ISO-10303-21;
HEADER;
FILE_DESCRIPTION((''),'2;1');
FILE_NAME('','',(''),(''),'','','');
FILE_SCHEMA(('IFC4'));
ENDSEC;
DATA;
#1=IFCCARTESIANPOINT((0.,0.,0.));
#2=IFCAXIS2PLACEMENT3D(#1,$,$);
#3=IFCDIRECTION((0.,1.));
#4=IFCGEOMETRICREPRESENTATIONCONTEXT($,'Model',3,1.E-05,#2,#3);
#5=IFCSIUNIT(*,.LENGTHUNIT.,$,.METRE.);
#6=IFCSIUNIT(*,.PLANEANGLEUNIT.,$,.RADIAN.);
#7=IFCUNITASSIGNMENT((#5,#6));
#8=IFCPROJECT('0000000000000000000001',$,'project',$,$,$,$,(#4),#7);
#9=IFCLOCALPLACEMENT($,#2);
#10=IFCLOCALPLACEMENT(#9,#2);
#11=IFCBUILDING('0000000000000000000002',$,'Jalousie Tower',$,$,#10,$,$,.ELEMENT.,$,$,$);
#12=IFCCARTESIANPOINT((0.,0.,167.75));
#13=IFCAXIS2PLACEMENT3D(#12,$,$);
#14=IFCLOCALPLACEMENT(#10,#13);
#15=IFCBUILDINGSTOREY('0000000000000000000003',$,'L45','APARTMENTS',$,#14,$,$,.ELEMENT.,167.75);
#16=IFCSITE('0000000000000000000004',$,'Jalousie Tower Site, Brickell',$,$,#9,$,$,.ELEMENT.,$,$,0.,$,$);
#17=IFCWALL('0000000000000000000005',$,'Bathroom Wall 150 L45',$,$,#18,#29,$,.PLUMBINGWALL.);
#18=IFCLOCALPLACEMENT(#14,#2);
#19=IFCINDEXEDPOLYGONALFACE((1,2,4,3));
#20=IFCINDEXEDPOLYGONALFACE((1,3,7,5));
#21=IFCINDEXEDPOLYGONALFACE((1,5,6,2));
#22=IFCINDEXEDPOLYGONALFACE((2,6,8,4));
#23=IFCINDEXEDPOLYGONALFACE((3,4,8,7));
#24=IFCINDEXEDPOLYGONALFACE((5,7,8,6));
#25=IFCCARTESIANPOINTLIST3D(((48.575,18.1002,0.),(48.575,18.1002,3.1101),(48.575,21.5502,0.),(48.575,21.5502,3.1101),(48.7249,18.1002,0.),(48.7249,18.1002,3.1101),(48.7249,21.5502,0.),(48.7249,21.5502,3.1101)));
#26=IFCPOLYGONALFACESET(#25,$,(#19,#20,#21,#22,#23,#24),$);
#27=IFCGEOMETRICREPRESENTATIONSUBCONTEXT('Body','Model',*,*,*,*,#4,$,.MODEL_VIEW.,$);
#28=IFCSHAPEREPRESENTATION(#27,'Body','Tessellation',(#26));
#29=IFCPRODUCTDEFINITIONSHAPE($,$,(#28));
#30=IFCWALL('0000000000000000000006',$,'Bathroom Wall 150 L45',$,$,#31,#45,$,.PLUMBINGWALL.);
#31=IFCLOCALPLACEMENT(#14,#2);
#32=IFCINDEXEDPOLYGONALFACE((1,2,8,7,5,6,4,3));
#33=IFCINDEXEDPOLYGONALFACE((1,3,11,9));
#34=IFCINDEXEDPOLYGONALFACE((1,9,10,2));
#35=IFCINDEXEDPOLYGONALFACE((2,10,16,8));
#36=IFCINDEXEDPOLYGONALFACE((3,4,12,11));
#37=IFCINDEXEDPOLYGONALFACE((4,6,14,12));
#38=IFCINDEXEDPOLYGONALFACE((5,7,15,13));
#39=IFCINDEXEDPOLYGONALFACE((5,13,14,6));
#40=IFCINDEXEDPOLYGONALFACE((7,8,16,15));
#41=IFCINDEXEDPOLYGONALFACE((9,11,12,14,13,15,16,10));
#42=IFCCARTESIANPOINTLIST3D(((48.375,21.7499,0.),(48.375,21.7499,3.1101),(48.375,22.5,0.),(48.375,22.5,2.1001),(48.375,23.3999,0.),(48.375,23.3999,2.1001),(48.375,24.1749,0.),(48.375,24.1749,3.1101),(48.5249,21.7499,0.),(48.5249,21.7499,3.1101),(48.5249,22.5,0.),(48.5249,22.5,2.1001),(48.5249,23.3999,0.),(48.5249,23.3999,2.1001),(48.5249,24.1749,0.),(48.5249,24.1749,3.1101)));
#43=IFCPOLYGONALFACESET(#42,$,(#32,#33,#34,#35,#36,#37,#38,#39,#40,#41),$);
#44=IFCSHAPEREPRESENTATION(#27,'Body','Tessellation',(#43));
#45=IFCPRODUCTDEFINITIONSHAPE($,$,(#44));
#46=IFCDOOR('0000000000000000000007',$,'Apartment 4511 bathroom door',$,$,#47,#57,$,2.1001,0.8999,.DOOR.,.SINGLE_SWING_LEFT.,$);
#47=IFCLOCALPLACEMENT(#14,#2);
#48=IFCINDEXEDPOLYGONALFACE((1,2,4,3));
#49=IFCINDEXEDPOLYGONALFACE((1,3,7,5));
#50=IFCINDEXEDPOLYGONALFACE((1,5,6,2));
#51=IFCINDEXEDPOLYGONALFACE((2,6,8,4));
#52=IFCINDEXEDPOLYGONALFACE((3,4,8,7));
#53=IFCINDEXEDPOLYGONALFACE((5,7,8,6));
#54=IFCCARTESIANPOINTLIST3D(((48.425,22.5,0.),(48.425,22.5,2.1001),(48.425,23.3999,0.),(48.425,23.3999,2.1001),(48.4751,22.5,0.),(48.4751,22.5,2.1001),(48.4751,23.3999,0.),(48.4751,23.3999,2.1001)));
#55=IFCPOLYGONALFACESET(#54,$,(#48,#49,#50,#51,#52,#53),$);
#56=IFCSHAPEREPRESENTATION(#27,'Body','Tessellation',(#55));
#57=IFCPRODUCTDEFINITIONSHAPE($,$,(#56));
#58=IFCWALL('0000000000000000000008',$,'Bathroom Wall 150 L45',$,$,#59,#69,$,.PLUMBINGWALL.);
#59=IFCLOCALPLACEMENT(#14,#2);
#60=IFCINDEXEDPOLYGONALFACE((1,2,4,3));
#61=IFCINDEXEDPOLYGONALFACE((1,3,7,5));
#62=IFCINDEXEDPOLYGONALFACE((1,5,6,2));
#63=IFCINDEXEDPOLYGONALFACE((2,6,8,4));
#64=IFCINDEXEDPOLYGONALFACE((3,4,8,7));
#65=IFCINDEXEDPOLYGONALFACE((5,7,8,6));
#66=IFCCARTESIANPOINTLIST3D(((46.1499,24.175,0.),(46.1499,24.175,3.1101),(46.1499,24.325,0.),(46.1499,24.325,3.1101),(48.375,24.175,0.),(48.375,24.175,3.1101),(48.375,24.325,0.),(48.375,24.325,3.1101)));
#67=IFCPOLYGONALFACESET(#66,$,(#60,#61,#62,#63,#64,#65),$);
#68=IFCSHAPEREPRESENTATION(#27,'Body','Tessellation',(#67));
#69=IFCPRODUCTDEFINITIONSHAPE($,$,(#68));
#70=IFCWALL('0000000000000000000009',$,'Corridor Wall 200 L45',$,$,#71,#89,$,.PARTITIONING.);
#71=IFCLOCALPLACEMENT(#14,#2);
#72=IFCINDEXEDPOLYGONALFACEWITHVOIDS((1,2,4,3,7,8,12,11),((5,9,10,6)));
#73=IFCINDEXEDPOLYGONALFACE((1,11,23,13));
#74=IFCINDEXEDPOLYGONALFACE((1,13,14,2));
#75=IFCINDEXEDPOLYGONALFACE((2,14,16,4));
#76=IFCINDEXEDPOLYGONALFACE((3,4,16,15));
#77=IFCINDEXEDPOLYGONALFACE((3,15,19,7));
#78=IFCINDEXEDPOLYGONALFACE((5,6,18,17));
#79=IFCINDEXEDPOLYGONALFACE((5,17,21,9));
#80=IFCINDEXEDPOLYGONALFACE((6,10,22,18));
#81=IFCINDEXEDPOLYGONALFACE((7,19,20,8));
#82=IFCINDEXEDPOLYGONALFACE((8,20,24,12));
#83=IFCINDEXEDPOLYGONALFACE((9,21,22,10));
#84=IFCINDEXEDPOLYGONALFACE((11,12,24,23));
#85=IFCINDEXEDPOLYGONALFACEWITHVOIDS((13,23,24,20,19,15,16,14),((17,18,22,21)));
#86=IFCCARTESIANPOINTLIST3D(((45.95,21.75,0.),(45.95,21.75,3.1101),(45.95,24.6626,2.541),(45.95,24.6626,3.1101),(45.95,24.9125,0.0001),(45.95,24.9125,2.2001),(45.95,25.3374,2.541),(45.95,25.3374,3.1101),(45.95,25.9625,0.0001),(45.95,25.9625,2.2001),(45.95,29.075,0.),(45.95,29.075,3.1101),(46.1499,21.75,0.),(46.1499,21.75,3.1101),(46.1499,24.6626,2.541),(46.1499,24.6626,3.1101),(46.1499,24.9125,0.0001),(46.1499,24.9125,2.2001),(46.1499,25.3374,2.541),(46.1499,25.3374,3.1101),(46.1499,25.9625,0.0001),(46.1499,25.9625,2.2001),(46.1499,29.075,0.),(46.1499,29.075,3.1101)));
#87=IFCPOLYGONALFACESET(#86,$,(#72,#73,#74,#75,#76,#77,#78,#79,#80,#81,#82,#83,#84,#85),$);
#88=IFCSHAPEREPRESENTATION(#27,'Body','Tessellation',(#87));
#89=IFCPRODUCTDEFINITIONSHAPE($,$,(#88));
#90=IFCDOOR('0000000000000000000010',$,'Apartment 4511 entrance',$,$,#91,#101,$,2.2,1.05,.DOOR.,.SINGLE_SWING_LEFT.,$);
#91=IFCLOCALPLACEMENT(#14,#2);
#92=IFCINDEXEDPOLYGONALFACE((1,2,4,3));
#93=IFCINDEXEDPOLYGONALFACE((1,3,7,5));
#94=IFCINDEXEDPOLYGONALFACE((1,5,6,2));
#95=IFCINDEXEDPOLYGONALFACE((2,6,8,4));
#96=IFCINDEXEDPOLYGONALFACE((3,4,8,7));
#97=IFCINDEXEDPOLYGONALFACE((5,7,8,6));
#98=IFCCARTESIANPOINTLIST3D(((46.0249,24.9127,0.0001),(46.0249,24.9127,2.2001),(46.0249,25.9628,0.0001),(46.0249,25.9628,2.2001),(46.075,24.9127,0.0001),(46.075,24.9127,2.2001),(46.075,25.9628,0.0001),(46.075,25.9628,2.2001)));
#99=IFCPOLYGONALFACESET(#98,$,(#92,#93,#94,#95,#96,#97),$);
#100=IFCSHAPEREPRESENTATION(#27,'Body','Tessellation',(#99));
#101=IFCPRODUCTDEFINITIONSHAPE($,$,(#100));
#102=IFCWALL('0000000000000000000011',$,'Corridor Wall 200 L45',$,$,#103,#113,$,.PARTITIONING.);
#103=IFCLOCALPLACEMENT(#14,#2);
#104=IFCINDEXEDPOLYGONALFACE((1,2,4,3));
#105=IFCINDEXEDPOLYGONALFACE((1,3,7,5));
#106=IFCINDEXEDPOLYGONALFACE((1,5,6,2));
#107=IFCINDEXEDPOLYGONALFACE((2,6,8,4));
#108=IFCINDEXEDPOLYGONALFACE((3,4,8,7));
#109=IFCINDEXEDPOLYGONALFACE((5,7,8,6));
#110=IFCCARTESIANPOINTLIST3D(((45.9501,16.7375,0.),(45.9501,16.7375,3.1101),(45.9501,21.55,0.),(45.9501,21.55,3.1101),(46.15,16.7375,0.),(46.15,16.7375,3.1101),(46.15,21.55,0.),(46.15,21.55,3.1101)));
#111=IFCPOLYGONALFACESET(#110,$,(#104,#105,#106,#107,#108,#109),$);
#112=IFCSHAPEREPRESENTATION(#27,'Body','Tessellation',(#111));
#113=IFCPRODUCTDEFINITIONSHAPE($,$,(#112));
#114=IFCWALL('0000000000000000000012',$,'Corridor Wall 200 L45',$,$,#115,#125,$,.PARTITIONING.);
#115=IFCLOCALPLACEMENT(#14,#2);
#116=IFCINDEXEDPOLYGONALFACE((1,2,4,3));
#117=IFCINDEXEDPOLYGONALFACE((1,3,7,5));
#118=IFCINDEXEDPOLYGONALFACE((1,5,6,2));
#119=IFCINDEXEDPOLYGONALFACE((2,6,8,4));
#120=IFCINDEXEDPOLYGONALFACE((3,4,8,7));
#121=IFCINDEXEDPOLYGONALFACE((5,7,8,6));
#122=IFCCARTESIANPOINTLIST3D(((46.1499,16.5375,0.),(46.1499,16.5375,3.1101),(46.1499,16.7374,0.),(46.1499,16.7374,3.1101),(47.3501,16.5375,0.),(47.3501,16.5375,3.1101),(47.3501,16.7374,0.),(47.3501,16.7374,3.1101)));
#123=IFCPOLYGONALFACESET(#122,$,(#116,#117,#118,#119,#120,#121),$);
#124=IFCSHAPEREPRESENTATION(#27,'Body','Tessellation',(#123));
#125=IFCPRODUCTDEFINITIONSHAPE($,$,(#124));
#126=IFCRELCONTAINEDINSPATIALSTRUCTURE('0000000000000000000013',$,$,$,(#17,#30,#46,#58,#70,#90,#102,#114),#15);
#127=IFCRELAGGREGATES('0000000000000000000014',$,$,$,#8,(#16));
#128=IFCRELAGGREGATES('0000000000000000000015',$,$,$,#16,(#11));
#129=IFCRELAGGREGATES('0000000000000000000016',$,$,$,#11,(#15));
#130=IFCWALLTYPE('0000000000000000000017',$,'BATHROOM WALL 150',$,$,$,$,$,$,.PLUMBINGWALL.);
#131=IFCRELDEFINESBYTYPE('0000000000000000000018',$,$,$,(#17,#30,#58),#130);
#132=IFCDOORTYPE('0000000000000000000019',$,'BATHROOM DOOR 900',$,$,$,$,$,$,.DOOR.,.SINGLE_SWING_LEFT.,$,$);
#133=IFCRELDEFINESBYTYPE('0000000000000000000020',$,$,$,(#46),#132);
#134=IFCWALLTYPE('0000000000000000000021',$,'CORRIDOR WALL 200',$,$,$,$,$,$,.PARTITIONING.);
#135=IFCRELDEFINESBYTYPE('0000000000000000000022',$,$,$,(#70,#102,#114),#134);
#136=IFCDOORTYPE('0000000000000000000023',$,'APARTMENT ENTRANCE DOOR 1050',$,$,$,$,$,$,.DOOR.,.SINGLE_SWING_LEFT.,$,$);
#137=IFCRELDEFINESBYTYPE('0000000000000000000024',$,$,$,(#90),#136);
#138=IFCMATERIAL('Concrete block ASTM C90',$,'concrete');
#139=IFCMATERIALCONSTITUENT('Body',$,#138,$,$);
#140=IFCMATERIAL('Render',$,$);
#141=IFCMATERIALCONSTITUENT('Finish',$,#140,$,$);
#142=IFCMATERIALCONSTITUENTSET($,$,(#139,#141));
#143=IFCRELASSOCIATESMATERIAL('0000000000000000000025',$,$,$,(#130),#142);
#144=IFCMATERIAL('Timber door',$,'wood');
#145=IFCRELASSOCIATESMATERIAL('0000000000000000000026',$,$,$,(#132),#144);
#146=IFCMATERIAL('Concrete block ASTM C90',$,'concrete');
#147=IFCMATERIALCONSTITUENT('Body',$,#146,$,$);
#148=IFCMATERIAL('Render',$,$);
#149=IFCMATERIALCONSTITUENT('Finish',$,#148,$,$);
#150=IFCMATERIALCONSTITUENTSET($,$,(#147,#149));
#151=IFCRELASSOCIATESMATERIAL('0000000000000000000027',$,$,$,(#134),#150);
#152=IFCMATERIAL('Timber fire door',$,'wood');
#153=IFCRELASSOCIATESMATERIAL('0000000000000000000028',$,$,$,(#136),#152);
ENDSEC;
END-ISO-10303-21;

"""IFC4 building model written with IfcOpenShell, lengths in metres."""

from ifc_helpers import new_model, si_unit, direction, frame, frame_2d, origin, place, context, subcontext, project, spatial, polyline, rectangle, outline, extrude, material, constituent, constituent_set, type_object, element, fill, save


model = new_model("IFC4")

# Units and contexts
model_context = context("Model", 3, precision=1e-05, world=origin(), true_north=direction((0.0, 1.0)))
body_context = subcontext(model_context, "Body", "Model", "MODEL_VIEW")
ifc_project = project(units=[si_unit("LENGTHUNIT", "METRE"), si_unit("PLANEANGLEUNIT", "RADIAN")], contexts=[model_context])

# Site, building, storey
site_placement = place(None, origin())
site = spatial("IfcSite", under=ifc_project, at=site_placement, Name="Jalousie Tower Site, Brickell", CompositionType="ELEMENT", RefElevation=0.0)
building_placement = place(site_placement, origin())
building = spatial("IfcBuilding", under=site, at=building_placement, Name="Jalousie Tower", CompositionType="ELEMENT")
storey_placement = place(building_placement, frame((0.0, 0.0, 167.75)))
storey = spatial("IfcBuildingStorey", under=building, at=storey_placement, Name="L45", Description="APARTMENTS", CompositionType="ELEMENT", Elevation=167.75)

# Wall
ifc_material_1 = material(Name="Concrete block ASTM C90", Category="concrete")
ifc_constituent_1 = constituent(ifc_material_1, Name="Body")
ifc_material_2 = material(Name="Render")
ifc_constituent_2 = constituent(ifc_material_2, Name="Finish")
ifc_constituent_set_1 = constituent_set(constituents=[ifc_constituent_1, ifc_constituent_2])
wall_type_1 = type_object("IfcWallType", Name="BATHROOM WALL 150", PredefinedType="PLUMBINGWALL", material=ifc_constituent_set_1)
wall_1_placement = place(storey_placement, frame((48.6499, 18.1001, 0.0), z_axis=(0.0, 0.0, 1.0), x_axis=(0.0, 1.0, 0.0)))
element("IfcWall", 1, at=wall_1_placement, inside=storey, type_object=wall_type_1, Name="Bathroom Wall 150 L45", PredefinedType="PLUMBINGWALL", context=body_context, shape_type="SweptSolid", body=[
    extrude(rectangle(XDim=3.45, YDim=0.1499, at=frame_2d((1.7251, 0.0))), origin(), (0.0, 0.0, 1.0), 3.1101),
])

# Wall, opening, door
wall_2_placement = place(storey_placement, frame((48.45, 21.75, 0.0), z_axis=(0.0, 0.0, 1.0), x_axis=(0.0, 1.0, 0.0)))
wall_2 = element("IfcWall", 2, at=wall_2_placement, inside=storey, type_object=wall_type_1, Name="Bathroom Wall 150 L45", PredefinedType="PLUMBINGWALL", context=body_context, shape_type="SweptSolid", body=[
    extrude(rectangle(XDim=2.425, YDim=0.1499, at=frame_2d((1.2124, 0.0))), origin(), (0.0, 0.0, 1.0), 3.1101),
])
opening_1_placement = place(wall_2_placement, frame((0.75, 0.0, 0.0)))
opening_1 = element("IfcOpeningElement", 3, at=opening_1_placement, cuts=wall_2, PredefinedType="OPENING", context=body_context, shape_type="SweptSolid", body=[
    extrude(rectangle(XDim=0.8999, YDim=2.1001, at=frame_2d((0.45, 1.05))), frame((0.0, 0.085, 0.0), z_axis=(0.0, -1.0, 0.0), x_axis=(1.0, 0.0, 0.0)), (0.0, 0.0, 1.0), 0.1699),
])
ifc_material_3 = material(Name="Timber door", Category="wood")
door_type_1 = type_object("IfcDoorType", Name="BATHROOM DOOR 900", OperationType="SINGLE_SWING_LEFT", PredefinedType="DOOR", material=ifc_material_3)
door_1_placement = place(opening_1_placement, origin())
door_1 = element("IfcDoor", 4, at=door_1_placement, inside=storey, type_object=door_type_1, Name="Apartment 4511 bathroom door", OperationType="SINGLE_SWING_LEFT", OverallHeight=2.1001, OverallWidth=0.8999, PredefinedType="DOOR", context=body_context, shape_type="SweptSolid", body=[
    extrude(rectangle(XDim=0.8999, YDim=2.1001, at=frame_2d((0.45, 1.05))), frame((0.0, 0.0249, 0.0), z_axis=(0.0, -1.0, 0.0), x_axis=(1.0, 0.0, 0.0)), (0.0, 0.0, 1.0), 0.05),
])
fill(opening_1, door_1)

# Wall
wall_3_placement = place(storey_placement, frame((48.375, 24.25, 0.0), z_axis=(0.0, 0.0, 1.0), x_axis=(-1.0, 0.0, 0.0)))
element("IfcWall", 5, at=wall_3_placement, inside=storey, type_object=wall_type_1, Name="Bathroom Wall 150 L45", PredefinedType="PLUMBINGWALL", context=body_context, shape_type="SweptSolid", body=[
    extrude(rectangle(XDim=2.2251, YDim=0.1499, at=frame_2d((1.1125, 0.0))), origin(), (0.0, 0.0, 1.0), 3.1101),
])

# Wall, opening, door
ifc_material_4 = material(Name="Concrete block ASTM C90", Category="concrete")
ifc_constituent_3 = constituent(ifc_material_4, Name="Body")
ifc_material_5 = material(Name="Render")
ifc_constituent_4 = constituent(ifc_material_5, Name="Finish")
ifc_constituent_set_2 = constituent_set(constituents=[ifc_constituent_3, ifc_constituent_4])
wall_type_2 = type_object("IfcWallType", Name="CORRIDOR WALL 200", PredefinedType="PARTITIONING", material=ifc_constituent_set_2)
wall_4_placement = place(storey_placement, frame((46.05, 21.75, 0.0), z_axis=(0.0, 0.0, 1.0), x_axis=(0.0, 1.0, 0.0)))
wall_4 = element("IfcWall", 6, at=wall_4_placement, inside=storey, type_object=wall_type_2, Name="Corridor Wall 200 L45", PredefinedType="PARTITIONING", context=body_context, shape_type="SweptSolid", body=[
    extrude(outline(polyline([(0.0, 0.0), (7.325, 0.0), (7.325, 3.1101), (3.5874, 3.1101), (3.5874, 2.541), (2.9126, 2.541), (2.9126, 3.1101), (0.0, 3.1101), (0.0, 0.0)])), frame((0.0, 0.1001, 0.0), z_axis=(0.0, -1.0, 0.0), x_axis=(1.0, 0.0, 0.0)), (0.0, 0.0, 1.0), 0.2),
])
opening_2_placement = place(wall_4_placement, frame((3.1626, 0.0, 0.0)))
opening_2 = element("IfcOpeningElement", 7, at=opening_2_placement, cuts=wall_4, PredefinedType="OPENING", context=body_context, shape_type="SweptSolid", body=[
    extrude(rectangle(XDim=1.05, YDim=2.2, at=frame_2d((0.5249, 1.1001))), frame((0.0, 0.1099, 0.0), z_axis=(0.0, -1.0, 0.0), x_axis=(1.0, 0.0, 0.0)), (0.0, 0.0, 1.0), 0.22),
])
ifc_material_6 = material(Name="Timber fire door", Category="wood")
door_type_2 = type_object("IfcDoorType", Name="APARTMENT ENTRANCE DOOR 1050", OperationType="SINGLE_SWING_LEFT", PredefinedType="DOOR", material=ifc_material_6)
door_2_placement = place(opening_2_placement, frame((1.05, 0.0, 0.0), z_axis=(0.0, 0.0, 1.0), x_axis=(-1.0, 0.0, 0.0)))
door_2 = element("IfcDoor", 8, at=door_2_placement, inside=storey, type_object=door_type_2, Name="Apartment 4511 entrance", OperationType="SINGLE_SWING_LEFT", OverallHeight=2.2, OverallWidth=1.05, PredefinedType="DOOR", context=body_context, shape_type="SweptSolid", body=[
    extrude(rectangle(XDim=1.05, YDim=2.2, at=frame_2d((0.5249, 1.1001))), frame((0.0, 0.0249, 0.0), z_axis=(0.0, -1.0, 0.0), x_axis=(1.0, 0.0, 0.0)), (0.0, 0.0, 1.0), 0.05),
])
fill(opening_2, door_2)

# Walls
wall_5_placement = place(storey_placement, frame((46.05, 16.7375, 0.0), z_axis=(0.0, 0.0, 1.0), x_axis=(0.0, 1.0, 0.0)))
element("IfcWall", 9, at=wall_5_placement, inside=storey, type_object=wall_type_2, Name="Corridor Wall 200 L45", PredefinedType="PARTITIONING", context=body_context, shape_type="SweptSolid", body=[
    extrude(rectangle(XDim=4.8125, YDim=0.2, at=frame_2d((2.4062, 0.0))), origin(), (0.0, 0.0, 1.0), 3.1101),
])
wall_6_placement = place(storey_placement, frame((46.1499, 16.6375, 0.0), z_axis=(0.0, 0.0, 1.0), x_axis=(1.0, 0.0, 0.0)))
element("IfcWall", 10, at=wall_6_placement, inside=storey, type_object=wall_type_2, Name="Corridor Wall 200 L45", PredefinedType="PARTITIONING", context=body_context, shape_type="SweptSolid", body=[
    extrude(rectangle(XDim=1.2002, YDim=0.2, at=frame_2d((0.6001, 0.0))), origin(), (0.0, 0.0, 1.0), 3.1101),
])

save(model, "model.ifc")
